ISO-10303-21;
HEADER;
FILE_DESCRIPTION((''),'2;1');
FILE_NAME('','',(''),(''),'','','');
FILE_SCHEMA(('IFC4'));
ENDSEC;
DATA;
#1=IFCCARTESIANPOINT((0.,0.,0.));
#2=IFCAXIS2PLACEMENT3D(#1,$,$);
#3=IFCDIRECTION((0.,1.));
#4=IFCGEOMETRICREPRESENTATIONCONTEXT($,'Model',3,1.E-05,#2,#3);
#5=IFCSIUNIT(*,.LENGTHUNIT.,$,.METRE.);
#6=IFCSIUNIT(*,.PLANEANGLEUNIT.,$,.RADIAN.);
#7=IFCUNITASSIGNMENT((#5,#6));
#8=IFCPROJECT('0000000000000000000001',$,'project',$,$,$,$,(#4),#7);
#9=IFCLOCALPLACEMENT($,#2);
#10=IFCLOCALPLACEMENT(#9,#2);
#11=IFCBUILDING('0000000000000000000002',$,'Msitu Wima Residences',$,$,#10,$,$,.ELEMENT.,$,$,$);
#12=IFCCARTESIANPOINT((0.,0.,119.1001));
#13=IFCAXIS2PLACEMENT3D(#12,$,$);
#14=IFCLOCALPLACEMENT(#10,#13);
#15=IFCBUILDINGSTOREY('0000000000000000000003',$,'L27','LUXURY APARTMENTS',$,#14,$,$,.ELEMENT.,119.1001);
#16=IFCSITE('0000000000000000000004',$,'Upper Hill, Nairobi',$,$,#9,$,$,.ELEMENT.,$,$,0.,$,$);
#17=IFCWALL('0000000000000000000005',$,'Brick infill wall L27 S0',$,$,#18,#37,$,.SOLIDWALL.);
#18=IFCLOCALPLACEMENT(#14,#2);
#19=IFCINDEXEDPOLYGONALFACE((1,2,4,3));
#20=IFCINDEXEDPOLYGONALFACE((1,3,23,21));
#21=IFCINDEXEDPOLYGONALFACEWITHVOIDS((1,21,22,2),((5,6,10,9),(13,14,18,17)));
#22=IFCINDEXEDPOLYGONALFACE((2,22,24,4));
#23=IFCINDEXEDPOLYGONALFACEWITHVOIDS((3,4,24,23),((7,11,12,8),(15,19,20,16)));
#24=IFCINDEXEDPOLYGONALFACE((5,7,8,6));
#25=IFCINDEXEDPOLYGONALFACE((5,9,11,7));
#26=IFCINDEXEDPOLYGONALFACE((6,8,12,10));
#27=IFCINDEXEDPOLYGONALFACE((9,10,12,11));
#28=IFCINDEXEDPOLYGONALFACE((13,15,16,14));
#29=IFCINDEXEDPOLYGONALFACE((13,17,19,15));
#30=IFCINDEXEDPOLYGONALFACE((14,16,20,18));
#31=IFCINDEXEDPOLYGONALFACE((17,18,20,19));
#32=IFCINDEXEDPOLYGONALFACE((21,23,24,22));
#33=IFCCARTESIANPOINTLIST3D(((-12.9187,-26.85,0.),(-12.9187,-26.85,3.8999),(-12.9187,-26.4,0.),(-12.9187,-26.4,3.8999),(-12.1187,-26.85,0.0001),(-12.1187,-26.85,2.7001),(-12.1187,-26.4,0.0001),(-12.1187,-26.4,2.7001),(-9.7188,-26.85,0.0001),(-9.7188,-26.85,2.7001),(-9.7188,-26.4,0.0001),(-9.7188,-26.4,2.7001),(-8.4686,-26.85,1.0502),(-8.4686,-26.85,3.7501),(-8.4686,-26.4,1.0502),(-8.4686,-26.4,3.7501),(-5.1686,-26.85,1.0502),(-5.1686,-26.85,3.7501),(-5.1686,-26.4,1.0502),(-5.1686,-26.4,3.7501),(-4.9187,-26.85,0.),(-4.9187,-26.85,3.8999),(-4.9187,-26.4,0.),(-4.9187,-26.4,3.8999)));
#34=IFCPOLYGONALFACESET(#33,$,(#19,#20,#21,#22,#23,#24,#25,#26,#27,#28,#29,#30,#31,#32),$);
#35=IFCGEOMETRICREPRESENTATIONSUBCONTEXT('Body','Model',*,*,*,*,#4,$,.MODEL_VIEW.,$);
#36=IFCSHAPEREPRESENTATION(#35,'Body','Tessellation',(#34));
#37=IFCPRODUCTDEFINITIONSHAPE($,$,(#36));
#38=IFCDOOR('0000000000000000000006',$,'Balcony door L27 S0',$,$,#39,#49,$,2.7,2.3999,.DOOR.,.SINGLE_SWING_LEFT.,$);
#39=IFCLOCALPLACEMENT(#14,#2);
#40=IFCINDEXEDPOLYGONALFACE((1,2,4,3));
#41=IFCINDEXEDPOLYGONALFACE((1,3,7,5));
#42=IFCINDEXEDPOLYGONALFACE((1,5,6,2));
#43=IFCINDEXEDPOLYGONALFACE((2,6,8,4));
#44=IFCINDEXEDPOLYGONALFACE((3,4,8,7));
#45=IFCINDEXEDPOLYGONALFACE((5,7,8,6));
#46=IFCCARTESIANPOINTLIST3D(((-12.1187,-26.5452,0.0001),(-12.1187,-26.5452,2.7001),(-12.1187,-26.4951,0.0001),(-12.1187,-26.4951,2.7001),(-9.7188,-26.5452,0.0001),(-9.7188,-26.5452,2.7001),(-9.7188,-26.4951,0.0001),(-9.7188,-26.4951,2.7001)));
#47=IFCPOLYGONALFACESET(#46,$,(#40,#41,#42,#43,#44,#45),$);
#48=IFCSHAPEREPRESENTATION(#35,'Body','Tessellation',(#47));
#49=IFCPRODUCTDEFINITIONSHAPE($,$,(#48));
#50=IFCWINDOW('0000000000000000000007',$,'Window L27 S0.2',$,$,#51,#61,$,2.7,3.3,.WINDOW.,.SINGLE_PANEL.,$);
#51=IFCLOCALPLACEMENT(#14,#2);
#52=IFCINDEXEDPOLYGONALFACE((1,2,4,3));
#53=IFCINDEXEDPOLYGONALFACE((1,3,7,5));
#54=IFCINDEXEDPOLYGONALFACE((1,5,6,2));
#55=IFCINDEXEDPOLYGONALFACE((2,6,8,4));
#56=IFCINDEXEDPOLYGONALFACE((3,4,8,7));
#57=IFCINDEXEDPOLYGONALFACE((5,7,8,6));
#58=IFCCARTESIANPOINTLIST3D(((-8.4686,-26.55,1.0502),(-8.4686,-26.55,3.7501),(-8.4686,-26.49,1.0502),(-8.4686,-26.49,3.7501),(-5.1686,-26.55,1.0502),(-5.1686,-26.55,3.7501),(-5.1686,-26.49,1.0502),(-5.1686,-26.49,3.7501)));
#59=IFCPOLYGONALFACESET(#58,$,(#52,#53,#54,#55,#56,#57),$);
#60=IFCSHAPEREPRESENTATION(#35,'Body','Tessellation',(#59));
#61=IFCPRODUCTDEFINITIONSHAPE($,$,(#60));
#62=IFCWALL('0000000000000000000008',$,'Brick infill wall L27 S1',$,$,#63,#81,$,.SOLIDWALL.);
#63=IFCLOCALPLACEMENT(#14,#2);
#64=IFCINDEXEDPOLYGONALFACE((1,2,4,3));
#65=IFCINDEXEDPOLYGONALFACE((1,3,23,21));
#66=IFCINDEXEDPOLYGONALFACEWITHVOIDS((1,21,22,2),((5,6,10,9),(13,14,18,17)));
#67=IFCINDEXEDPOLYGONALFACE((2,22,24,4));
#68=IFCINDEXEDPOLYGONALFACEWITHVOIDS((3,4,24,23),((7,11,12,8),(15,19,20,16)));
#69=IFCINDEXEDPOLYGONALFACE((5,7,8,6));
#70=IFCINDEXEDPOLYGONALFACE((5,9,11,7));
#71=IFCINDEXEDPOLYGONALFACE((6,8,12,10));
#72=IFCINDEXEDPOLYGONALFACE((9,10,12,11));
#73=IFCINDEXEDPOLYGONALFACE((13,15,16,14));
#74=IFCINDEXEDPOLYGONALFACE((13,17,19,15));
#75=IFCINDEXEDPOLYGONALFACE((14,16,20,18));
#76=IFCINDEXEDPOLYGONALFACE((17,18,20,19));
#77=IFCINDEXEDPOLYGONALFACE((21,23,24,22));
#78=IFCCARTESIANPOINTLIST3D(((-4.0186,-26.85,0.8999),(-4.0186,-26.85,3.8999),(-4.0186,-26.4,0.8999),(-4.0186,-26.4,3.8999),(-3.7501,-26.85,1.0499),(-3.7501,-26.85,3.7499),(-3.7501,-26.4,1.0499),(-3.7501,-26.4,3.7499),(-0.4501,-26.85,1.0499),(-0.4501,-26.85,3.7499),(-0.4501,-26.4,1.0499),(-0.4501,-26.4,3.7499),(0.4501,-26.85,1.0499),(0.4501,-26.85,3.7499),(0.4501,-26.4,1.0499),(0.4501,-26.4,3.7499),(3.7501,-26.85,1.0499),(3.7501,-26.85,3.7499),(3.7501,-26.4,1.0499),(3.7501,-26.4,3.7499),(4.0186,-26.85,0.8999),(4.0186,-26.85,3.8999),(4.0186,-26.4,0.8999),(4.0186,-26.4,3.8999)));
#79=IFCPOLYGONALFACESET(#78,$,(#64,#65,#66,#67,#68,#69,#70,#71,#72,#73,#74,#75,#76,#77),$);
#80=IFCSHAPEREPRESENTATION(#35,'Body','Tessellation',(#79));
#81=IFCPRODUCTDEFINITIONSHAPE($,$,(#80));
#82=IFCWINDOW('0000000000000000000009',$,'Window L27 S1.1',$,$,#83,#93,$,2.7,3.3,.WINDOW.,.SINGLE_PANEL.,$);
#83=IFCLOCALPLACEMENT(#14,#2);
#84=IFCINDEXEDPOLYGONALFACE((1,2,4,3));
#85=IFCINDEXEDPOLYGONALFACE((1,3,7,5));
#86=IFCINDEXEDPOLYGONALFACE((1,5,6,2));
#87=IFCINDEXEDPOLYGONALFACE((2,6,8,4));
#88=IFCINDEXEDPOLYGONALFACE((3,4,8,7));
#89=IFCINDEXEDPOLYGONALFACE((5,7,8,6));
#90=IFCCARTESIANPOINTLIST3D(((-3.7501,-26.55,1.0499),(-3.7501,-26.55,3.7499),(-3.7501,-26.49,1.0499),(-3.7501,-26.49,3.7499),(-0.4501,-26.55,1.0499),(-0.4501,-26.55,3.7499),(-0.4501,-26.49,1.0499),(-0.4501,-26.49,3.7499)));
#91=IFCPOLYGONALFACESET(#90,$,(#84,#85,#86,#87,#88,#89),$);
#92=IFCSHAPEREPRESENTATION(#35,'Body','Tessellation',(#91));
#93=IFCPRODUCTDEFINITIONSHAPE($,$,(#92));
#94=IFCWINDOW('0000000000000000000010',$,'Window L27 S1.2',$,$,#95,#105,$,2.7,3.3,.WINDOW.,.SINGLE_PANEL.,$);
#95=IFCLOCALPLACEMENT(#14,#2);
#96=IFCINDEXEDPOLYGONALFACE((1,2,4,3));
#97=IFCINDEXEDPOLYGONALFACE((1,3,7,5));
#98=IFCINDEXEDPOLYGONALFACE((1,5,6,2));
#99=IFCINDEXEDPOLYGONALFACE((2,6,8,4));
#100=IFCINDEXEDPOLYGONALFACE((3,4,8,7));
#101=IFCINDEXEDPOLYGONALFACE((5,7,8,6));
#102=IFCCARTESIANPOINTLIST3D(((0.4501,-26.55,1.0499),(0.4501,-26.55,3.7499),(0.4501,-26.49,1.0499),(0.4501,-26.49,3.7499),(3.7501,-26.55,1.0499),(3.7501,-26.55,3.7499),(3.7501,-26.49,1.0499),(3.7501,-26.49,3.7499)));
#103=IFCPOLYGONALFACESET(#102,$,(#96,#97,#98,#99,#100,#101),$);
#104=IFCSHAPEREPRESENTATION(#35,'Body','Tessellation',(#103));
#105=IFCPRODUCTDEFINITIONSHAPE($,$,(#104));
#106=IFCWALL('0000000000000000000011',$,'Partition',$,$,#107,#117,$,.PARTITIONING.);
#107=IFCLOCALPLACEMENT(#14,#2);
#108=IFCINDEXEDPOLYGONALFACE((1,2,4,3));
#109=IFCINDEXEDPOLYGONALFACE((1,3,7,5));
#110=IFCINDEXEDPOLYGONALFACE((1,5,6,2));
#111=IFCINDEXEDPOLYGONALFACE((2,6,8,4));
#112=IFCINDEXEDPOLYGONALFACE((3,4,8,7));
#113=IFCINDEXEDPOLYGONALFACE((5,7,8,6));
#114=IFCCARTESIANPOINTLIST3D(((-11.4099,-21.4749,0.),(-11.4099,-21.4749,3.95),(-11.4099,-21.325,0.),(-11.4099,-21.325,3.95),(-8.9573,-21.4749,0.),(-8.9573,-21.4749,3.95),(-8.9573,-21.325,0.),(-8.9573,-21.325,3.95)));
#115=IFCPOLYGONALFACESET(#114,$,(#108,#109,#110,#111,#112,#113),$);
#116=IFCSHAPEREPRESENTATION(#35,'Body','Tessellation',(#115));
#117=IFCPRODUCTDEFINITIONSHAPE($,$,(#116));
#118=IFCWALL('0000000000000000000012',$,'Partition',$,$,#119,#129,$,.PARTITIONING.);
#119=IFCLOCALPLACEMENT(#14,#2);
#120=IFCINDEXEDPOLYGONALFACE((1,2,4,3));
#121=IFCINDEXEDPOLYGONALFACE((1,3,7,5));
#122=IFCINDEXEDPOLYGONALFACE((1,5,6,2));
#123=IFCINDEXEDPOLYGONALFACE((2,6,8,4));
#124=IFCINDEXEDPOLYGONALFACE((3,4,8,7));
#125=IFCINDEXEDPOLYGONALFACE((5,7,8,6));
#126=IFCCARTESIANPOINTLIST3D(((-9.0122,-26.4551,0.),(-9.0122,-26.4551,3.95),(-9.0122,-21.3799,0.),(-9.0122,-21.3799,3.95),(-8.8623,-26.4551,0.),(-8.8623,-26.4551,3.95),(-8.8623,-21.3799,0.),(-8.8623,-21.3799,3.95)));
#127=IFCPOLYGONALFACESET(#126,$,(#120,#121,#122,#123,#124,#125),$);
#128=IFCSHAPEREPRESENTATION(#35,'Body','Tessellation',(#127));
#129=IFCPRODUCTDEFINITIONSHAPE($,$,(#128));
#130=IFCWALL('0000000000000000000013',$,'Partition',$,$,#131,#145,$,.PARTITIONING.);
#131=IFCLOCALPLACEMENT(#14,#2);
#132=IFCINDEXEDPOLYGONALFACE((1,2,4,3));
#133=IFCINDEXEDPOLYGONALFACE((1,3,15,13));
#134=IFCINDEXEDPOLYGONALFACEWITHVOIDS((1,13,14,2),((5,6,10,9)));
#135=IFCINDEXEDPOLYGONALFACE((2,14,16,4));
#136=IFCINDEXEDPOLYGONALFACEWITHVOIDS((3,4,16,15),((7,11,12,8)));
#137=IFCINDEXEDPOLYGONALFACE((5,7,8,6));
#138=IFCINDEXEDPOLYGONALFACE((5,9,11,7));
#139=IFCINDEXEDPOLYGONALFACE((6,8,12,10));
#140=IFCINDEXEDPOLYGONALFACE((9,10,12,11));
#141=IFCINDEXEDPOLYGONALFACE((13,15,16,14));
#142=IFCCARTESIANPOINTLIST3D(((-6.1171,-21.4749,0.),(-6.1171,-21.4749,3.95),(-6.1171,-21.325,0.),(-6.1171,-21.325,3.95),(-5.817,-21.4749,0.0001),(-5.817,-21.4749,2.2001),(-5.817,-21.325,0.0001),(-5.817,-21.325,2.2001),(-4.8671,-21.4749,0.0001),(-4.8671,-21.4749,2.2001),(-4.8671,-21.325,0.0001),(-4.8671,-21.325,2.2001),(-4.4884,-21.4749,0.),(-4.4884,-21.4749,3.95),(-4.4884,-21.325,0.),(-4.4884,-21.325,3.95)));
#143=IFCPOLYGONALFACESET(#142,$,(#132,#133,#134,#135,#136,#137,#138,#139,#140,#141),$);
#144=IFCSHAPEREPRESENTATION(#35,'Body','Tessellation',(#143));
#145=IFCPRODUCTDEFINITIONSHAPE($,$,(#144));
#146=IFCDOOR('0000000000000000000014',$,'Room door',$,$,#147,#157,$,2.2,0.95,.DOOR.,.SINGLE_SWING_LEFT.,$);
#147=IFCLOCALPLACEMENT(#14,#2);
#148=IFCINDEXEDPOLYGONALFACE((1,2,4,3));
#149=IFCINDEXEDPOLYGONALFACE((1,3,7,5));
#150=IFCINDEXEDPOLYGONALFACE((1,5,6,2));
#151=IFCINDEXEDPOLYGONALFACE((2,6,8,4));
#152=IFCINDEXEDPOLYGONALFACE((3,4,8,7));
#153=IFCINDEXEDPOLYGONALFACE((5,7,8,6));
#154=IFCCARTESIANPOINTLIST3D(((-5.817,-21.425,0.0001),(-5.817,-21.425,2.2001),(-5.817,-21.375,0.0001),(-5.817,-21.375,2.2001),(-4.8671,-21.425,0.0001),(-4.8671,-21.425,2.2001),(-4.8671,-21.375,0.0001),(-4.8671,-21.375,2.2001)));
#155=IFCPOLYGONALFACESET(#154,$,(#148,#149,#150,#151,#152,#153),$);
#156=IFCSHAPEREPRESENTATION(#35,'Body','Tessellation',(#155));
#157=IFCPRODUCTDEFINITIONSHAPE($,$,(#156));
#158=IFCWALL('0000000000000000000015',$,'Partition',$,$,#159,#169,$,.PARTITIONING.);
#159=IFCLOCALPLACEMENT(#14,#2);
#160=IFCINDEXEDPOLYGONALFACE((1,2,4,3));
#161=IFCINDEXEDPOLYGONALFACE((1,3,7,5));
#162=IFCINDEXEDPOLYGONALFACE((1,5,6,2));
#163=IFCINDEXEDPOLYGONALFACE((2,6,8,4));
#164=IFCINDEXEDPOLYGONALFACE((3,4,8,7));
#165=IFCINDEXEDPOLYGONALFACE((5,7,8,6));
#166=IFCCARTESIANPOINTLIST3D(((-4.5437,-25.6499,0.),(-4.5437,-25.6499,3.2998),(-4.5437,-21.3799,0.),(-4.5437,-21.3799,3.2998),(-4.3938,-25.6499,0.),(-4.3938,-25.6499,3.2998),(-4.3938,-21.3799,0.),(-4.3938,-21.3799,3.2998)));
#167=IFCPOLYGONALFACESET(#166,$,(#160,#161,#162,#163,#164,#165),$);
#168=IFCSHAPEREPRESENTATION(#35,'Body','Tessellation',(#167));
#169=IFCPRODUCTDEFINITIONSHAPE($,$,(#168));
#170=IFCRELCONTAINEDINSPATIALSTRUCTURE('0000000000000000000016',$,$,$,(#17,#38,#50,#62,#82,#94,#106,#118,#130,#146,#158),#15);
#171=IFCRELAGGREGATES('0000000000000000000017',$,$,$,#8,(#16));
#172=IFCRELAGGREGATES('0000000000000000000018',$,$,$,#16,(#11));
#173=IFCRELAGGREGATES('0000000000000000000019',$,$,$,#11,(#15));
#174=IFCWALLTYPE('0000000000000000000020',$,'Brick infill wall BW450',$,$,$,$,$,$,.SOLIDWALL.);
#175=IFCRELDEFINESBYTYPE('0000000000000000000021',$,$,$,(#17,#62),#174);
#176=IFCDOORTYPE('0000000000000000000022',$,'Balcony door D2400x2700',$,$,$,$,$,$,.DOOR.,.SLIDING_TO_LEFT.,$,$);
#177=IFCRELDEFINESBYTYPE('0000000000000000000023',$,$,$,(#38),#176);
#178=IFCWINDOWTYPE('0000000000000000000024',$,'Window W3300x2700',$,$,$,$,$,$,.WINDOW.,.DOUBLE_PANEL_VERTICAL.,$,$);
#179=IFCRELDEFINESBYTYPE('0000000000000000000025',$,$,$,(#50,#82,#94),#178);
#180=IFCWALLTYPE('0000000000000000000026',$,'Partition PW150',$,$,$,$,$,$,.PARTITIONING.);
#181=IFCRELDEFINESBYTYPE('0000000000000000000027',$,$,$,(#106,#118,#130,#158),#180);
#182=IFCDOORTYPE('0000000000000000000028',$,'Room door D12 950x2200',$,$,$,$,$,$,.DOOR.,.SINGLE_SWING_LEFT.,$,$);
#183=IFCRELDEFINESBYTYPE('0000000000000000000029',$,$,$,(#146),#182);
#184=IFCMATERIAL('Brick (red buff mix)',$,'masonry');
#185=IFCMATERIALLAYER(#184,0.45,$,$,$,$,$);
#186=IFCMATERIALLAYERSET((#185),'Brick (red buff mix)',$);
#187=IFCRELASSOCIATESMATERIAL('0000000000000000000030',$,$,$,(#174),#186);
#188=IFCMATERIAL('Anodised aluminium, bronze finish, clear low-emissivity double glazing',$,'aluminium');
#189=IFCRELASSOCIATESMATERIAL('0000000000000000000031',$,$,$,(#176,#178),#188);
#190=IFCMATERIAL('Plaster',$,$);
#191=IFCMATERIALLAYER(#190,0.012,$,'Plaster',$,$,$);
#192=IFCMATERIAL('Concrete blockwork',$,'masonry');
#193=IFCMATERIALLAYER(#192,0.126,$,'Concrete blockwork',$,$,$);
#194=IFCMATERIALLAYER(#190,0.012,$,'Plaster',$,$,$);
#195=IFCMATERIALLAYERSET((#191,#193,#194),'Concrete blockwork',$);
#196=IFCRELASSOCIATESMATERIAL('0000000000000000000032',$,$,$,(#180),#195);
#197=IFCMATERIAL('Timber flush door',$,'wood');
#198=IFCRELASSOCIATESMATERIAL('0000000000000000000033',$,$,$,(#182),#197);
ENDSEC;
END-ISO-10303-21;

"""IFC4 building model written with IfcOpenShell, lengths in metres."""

from ifc_helpers import new_model, si_unit, direction, frame, frame_2d, origin, place, context, subcontext, project, spatial, rectangle, extrude, material, layer, layer_set, type_object, element, fill, save


model = new_model("IFC4")

# Units and contexts
model_context = context("Model", 3, precision=1e-05, world=origin(), true_north=direction((0.0, 1.0)))
body_context = subcontext(model_context, "Body", "Model", "MODEL_VIEW")
ifc_project = project(units=[si_unit("LENGTHUNIT", "METRE"), si_unit("PLANEANGLEUNIT", "RADIAN")], contexts=[model_context])

# Site, building, storey
site_placement = place(None, origin())
site = spatial("IfcSite", under=ifc_project, at=site_placement, Name="Upper Hill, Nairobi", CompositionType="ELEMENT", RefElevation=0.0)
building_placement = place(site_placement, origin())
building = spatial("IfcBuilding", under=site, at=building_placement, Name="Msitu Wima Residences", CompositionType="ELEMENT")
storey_placement = place(building_placement, frame((0.0, 0.0, 119.1001)))
storey = spatial("IfcBuildingStorey", under=building, at=storey_placement, Name="L27", Description="LUXURY APARTMENTS", CompositionType="ELEMENT", Elevation=119.1001)

# Wall, openings, door, window
ifc_material_1 = material(Name="Brick (red buff mix)", Category="masonry")
ifc_layer_1 = layer(ifc_material_1, 0.45)
ifc_layer_set_1 = layer_set([ifc_layer_1], Name="Brick (red buff mix)")
wall_type_1 = type_object("IfcWallType", Name="Brick infill wall BW450", PredefinedType="SOLIDWALL", material=ifc_layer_set_1)
wall_1_placement = place(storey_placement, frame((-12.9187, -26.625, 0.0), z_axis=(0.0, 0.0, 1.0), x_axis=(1.0, 0.0, 0.0)))
wall_1 = element("IfcWall", 1, at=wall_1_placement, inside=storey, type_object=wall_type_1, Name="Brick infill wall L27 S0", PredefinedType="SOLIDWALL", context=body_context, shape_type="SweptSolid", body=[
    extrude(rectangle(XDim=8.0, YDim=0.45, at=frame_2d((4.0, 0.0))), origin(), (0.0, 0.0, 1.0), 3.8999),
])
opening_1_placement = place(wall_1_placement, frame((0.8, 0.0, 0.0)))
opening_1 = element("IfcOpeningElement", 2, at=opening_1_placement, cuts=wall_1, PredefinedType="OPENING", context=body_context, shape_type="SweptSolid", body=[
    extrude(rectangle(XDim=2.3999, YDim=2.7, at=frame_2d((1.2, 1.3501))), frame((0.0, 0.2349, 0.0), z_axis=(0.0, -1.0, 0.0), x_axis=(1.0, 0.0, 0.0)), (0.0, 0.0, 1.0), 0.47),
])
opening_2_placement = place(wall_1_placement, frame((4.4502, 0.0, 1.05)))
opening_2 = element("IfcOpeningElement", 3, at=opening_2_placement, cuts=wall_1, PredefinedType="OPENING", context=body_context, shape_type="SweptSolid", body=[
    extrude(rectangle(XDim=3.3, YDim=2.7, at=frame_2d((1.6499, 1.3501))), frame((0.0, 0.2349, 0.0), z_axis=(0.0, -1.0, 0.0), x_axis=(1.0, 0.0, 0.0)), (0.0, 0.0, 1.0), 0.47),
])
ifc_material_2 = material(Name="Anodised aluminium, bronze finish, clear low-emissivity double glazing", Category="aluminium")
door_type_1 = type_object("IfcDoorType", Name="Balcony door D2400x2700", OperationType="SLIDING_TO_LEFT", PredefinedType="DOOR", material=ifc_material_2)
door_1_placement = place(opening_1_placement, origin())
door_1 = element("IfcDoor", 4, at=door_1_placement, inside=storey, type_object=door_type_1, Name="Balcony door L27 S0", OperationType="SINGLE_SWING_LEFT", OverallHeight=2.7, OverallWidth=2.3999, PredefinedType="DOOR", context=body_context, shape_type="SweptSolid", body=[
    extrude(rectangle(XDim=2.3999, YDim=2.7, at=frame_2d((1.2, 1.3501))), frame((0.0, 0.1299, 0.0), z_axis=(0.0, -1.0, 0.0), x_axis=(1.0, 0.0, 0.0)), (0.0, 0.0, 1.0), 0.05),
])
fill(opening_1, door_1)
window_type = type_object("IfcWindowType", Name="Window W3300x2700", PartitioningType="DOUBLE_PANEL_VERTICAL", PredefinedType="WINDOW", material=ifc_material_2)
window_1_placement = place(opening_2_placement, origin())
window_1 = element("IfcWindow", 5, at=window_1_placement, inside=storey, type_object=window_type, Name="Window L27 S0.2", OverallHeight=2.7, OverallWidth=3.3, PartitioningType="SINGLE_PANEL", PredefinedType="WINDOW", context=body_context, shape_type="SweptSolid", body=[
    extrude(rectangle(XDim=3.3, YDim=2.7, at=frame_2d((1.6499, 1.3501))), frame((0.0, 0.135, 0.0), z_axis=(0.0, -1.0, 0.0), x_axis=(1.0, 0.0, 0.0)), (0.0, 0.0, 1.0), 0.0601),
])
fill(opening_2, window_1)

# Wall, openings, windows
wall_2_placement = place(storey_placement, frame((-4.0186, -26.625, 0.8999), z_axis=(0.0, 0.0, 1.0), x_axis=(1.0, 0.0, 0.0)))
wall_2 = element("IfcWall", 6, at=wall_2_placement, inside=storey, type_object=wall_type_1, Name="Brick infill wall L27 S1", PredefinedType="SOLIDWALL", context=body_context, shape_type="SweptSolid", body=[
    extrude(rectangle(XDim=8.0371, YDim=0.45, at=frame_2d((4.0186, 0.0))), origin(), (0.0, 0.0, 1.0), 3.0),
])
opening_3_placement = place(wall_2_placement, frame((0.2686, 0.0, 0.1499)))
opening_3 = element("IfcOpeningElement", 7, at=opening_3_placement, cuts=wall_2, PredefinedType="OPENING", context=body_context, shape_type="SweptSolid", body=[
    extrude(rectangle(XDim=3.3, YDim=2.7, at=frame_2d((1.6499, 1.3501))), frame((0.0, 0.2349, 0.0), z_axis=(0.0, -1.0, 0.0), x_axis=(1.0, 0.0, 0.0)), (0.0, 0.0, 1.0), 0.47),
])
opening_4_placement = place(wall_2_placement, frame((4.4688, 0.0, 0.1499)))
opening_4 = element("IfcOpeningElement", 8, at=opening_4_placement, cuts=wall_2, PredefinedType="OPENING", context=body_context, shape_type="SweptSolid", body=[
    extrude(rectangle(XDim=3.3, YDim=2.7, at=frame_2d((1.6499, 1.3501))), frame((0.0, 0.2349, 0.0), z_axis=(0.0, -1.0, 0.0), x_axis=(1.0, 0.0, 0.0)), (0.0, 0.0, 1.0), 0.47),
])
window_2_placement = place(opening_3_placement, origin())
window_2 = element("IfcWindow", 9, at=window_2_placement, inside=storey, type_object=window_type, Name="Window L27 S1.1", OverallHeight=2.7, OverallWidth=3.3, PartitioningType="SINGLE_PANEL", PredefinedType="WINDOW", context=body_context, shape_type="SweptSolid", body=[
    extrude(rectangle(XDim=3.3, YDim=2.7, at=frame_2d((1.6499, 1.3501))), frame((0.0, 0.135, 0.0), z_axis=(0.0, -1.0, 0.0), x_axis=(1.0, 0.0, 0.0)), (0.0, 0.0, 1.0), 0.0601),
])
fill(opening_3, window_2)
window_3_placement = place(opening_4_placement, origin())
window_3 = element("IfcWindow", 10, at=window_3_placement, inside=storey, type_object=window_type, Name="Window L27 S1.2", OverallHeight=2.7, OverallWidth=3.3, PartitioningType="SINGLE_PANEL", PredefinedType="WINDOW", context=body_context, shape_type="SweptSolid", body=[
    extrude(rectangle(XDim=3.3, YDim=2.7, at=frame_2d((1.6499, 1.3501))), frame((0.0, 0.135, 0.0), z_axis=(0.0, -1.0, 0.0), x_axis=(1.0, 0.0, 0.0)), (0.0, 0.0, 1.0), 0.0601),
])
fill(opening_4, window_3)

# Walls
ifc_material_3 = material(Name="Plaster")
ifc_layer_2 = layer(ifc_material_3, 0.012, Name="Plaster")
ifc_material_4 = material(Name="Concrete blockwork", Category="masonry")
ifc_layer_3 = layer(ifc_material_4, 0.126, Name="Concrete blockwork")
ifc_layer_4 = layer(ifc_material_3, 0.012, Name="Plaster")
ifc_layer_set_2 = layer_set([ifc_layer_2, ifc_layer_3, ifc_layer_4], Name="Concrete blockwork")
wall_type_2 = type_object("IfcWallType", Name="Partition PW150", PredefinedType="PARTITIONING", material=ifc_layer_set_2)
wall_3_placement = place(storey_placement, frame((-11.4099, -21.3999, 0.0), z_axis=(0.0, 0.0, 1.0), x_axis=(1.0, 0.0, 0.0)))
element("IfcWall", 11, at=wall_3_placement, inside=storey, type_object=wall_type_2, Name="Partition", PredefinedType="PARTITIONING", context=body_context, shape_type="SweptSolid", body=[
    extrude(rectangle(XDim=2.4526, YDim=0.1499, at=frame_2d((1.2263, 0.0))), origin(), (0.0, 0.0, 1.0), 3.95),
])
wall_4_placement = place(storey_placement, frame((-8.9373, -26.4551, 0.0), z_axis=(0.0, 0.0, 1.0), x_axis=(0.0, 1.0, 0.0)))
element("IfcWall", 12, at=wall_4_placement, inside=storey, type_object=wall_type_2, Name="Partition", PredefinedType="PARTITIONING", context=body_context, shape_type="SweptSolid", body=[
    extrude(rectangle(XDim=5.0752, YDim=0.1499, at=frame_2d((2.5376, 0.0))), origin(), (0.0, 0.0, 1.0), 3.95),
])

# Wall, opening, door
wall_5_placement = place(storey_placement, frame((-6.1172, -21.3999, 0.0), z_axis=(0.0, 0.0, 1.0), x_axis=(1.0, 0.0, 0.0)))
wall_5 = element("IfcWall", 13, at=wall_5_placement, inside=storey, type_object=wall_type_2, Name="Partition", PredefinedType="PARTITIONING", context=body_context, shape_type="SweptSolid", body=[
    extrude(rectangle(XDim=1.6287, YDim=0.1499, at=frame_2d((0.8145, 0.0))), origin(), (0.0, 0.0, 1.0), 3.95),
])
opening_5_placement = place(wall_5_placement, frame((0.3, 0.0, 0.0)))
opening_5 = element("IfcOpeningElement", 14, at=opening_5_placement, cuts=wall_5, PredefinedType="OPENING", context=body_context, shape_type="SweptSolid", body=[
    extrude(rectangle(XDim=0.95, YDim=2.2, at=frame_2d((0.4751, 1.1001))), frame((0.0, 0.085, 0.0), z_axis=(0.0, -1.0, 0.0), x_axis=(1.0, 0.0, 0.0)), (0.0, 0.0, 1.0), 0.1699),
])
ifc_material_5 = material(Name="Timber flush door", Category="wood")
door_type_2 = type_object("IfcDoorType", Name="Room door D12 950x2200", OperationType="SINGLE_SWING_LEFT", PredefinedType="DOOR", material=ifc_material_5)
door_2_placement = place(opening_5_placement, origin())
door_2 = element("IfcDoor", 15, at=door_2_placement, inside=storey, type_object=door_type_2, Name="Room door", OperationType="SINGLE_SWING_LEFT", OverallHeight=2.2, OverallWidth=0.95, PredefinedType="DOOR", context=body_context, shape_type="SweptSolid", body=[
    extrude(rectangle(XDim=0.95, YDim=2.2, at=frame_2d((0.4751, 1.1001))), frame((0.0, 0.0249, 0.0), z_axis=(0.0, -1.0, 0.0), x_axis=(1.0, 0.0, 0.0)), (0.0, 0.0, 1.0), 0.05),
])
fill(opening_5, door_2)

# Wall
wall_6_placement = place(storey_placement, frame((-4.4688, -25.6499, 0.0), z_axis=(0.0, 0.0, 1.0), x_axis=(0.0, 1.0, 0.0)))
element("IfcWall", 16, at=wall_6_placement, inside=storey, type_object=wall_type_2, Name="Partition", PredefinedType="PARTITIONING", context=body_context, shape_type="SweptSolid", body=[
    extrude(rectangle(XDim=4.27, YDim=0.1499, at=frame_2d((2.135, 0.0))), origin(), (0.0, 0.0, 1.0), 3.2998),
])

save(model, "model.ifc")
